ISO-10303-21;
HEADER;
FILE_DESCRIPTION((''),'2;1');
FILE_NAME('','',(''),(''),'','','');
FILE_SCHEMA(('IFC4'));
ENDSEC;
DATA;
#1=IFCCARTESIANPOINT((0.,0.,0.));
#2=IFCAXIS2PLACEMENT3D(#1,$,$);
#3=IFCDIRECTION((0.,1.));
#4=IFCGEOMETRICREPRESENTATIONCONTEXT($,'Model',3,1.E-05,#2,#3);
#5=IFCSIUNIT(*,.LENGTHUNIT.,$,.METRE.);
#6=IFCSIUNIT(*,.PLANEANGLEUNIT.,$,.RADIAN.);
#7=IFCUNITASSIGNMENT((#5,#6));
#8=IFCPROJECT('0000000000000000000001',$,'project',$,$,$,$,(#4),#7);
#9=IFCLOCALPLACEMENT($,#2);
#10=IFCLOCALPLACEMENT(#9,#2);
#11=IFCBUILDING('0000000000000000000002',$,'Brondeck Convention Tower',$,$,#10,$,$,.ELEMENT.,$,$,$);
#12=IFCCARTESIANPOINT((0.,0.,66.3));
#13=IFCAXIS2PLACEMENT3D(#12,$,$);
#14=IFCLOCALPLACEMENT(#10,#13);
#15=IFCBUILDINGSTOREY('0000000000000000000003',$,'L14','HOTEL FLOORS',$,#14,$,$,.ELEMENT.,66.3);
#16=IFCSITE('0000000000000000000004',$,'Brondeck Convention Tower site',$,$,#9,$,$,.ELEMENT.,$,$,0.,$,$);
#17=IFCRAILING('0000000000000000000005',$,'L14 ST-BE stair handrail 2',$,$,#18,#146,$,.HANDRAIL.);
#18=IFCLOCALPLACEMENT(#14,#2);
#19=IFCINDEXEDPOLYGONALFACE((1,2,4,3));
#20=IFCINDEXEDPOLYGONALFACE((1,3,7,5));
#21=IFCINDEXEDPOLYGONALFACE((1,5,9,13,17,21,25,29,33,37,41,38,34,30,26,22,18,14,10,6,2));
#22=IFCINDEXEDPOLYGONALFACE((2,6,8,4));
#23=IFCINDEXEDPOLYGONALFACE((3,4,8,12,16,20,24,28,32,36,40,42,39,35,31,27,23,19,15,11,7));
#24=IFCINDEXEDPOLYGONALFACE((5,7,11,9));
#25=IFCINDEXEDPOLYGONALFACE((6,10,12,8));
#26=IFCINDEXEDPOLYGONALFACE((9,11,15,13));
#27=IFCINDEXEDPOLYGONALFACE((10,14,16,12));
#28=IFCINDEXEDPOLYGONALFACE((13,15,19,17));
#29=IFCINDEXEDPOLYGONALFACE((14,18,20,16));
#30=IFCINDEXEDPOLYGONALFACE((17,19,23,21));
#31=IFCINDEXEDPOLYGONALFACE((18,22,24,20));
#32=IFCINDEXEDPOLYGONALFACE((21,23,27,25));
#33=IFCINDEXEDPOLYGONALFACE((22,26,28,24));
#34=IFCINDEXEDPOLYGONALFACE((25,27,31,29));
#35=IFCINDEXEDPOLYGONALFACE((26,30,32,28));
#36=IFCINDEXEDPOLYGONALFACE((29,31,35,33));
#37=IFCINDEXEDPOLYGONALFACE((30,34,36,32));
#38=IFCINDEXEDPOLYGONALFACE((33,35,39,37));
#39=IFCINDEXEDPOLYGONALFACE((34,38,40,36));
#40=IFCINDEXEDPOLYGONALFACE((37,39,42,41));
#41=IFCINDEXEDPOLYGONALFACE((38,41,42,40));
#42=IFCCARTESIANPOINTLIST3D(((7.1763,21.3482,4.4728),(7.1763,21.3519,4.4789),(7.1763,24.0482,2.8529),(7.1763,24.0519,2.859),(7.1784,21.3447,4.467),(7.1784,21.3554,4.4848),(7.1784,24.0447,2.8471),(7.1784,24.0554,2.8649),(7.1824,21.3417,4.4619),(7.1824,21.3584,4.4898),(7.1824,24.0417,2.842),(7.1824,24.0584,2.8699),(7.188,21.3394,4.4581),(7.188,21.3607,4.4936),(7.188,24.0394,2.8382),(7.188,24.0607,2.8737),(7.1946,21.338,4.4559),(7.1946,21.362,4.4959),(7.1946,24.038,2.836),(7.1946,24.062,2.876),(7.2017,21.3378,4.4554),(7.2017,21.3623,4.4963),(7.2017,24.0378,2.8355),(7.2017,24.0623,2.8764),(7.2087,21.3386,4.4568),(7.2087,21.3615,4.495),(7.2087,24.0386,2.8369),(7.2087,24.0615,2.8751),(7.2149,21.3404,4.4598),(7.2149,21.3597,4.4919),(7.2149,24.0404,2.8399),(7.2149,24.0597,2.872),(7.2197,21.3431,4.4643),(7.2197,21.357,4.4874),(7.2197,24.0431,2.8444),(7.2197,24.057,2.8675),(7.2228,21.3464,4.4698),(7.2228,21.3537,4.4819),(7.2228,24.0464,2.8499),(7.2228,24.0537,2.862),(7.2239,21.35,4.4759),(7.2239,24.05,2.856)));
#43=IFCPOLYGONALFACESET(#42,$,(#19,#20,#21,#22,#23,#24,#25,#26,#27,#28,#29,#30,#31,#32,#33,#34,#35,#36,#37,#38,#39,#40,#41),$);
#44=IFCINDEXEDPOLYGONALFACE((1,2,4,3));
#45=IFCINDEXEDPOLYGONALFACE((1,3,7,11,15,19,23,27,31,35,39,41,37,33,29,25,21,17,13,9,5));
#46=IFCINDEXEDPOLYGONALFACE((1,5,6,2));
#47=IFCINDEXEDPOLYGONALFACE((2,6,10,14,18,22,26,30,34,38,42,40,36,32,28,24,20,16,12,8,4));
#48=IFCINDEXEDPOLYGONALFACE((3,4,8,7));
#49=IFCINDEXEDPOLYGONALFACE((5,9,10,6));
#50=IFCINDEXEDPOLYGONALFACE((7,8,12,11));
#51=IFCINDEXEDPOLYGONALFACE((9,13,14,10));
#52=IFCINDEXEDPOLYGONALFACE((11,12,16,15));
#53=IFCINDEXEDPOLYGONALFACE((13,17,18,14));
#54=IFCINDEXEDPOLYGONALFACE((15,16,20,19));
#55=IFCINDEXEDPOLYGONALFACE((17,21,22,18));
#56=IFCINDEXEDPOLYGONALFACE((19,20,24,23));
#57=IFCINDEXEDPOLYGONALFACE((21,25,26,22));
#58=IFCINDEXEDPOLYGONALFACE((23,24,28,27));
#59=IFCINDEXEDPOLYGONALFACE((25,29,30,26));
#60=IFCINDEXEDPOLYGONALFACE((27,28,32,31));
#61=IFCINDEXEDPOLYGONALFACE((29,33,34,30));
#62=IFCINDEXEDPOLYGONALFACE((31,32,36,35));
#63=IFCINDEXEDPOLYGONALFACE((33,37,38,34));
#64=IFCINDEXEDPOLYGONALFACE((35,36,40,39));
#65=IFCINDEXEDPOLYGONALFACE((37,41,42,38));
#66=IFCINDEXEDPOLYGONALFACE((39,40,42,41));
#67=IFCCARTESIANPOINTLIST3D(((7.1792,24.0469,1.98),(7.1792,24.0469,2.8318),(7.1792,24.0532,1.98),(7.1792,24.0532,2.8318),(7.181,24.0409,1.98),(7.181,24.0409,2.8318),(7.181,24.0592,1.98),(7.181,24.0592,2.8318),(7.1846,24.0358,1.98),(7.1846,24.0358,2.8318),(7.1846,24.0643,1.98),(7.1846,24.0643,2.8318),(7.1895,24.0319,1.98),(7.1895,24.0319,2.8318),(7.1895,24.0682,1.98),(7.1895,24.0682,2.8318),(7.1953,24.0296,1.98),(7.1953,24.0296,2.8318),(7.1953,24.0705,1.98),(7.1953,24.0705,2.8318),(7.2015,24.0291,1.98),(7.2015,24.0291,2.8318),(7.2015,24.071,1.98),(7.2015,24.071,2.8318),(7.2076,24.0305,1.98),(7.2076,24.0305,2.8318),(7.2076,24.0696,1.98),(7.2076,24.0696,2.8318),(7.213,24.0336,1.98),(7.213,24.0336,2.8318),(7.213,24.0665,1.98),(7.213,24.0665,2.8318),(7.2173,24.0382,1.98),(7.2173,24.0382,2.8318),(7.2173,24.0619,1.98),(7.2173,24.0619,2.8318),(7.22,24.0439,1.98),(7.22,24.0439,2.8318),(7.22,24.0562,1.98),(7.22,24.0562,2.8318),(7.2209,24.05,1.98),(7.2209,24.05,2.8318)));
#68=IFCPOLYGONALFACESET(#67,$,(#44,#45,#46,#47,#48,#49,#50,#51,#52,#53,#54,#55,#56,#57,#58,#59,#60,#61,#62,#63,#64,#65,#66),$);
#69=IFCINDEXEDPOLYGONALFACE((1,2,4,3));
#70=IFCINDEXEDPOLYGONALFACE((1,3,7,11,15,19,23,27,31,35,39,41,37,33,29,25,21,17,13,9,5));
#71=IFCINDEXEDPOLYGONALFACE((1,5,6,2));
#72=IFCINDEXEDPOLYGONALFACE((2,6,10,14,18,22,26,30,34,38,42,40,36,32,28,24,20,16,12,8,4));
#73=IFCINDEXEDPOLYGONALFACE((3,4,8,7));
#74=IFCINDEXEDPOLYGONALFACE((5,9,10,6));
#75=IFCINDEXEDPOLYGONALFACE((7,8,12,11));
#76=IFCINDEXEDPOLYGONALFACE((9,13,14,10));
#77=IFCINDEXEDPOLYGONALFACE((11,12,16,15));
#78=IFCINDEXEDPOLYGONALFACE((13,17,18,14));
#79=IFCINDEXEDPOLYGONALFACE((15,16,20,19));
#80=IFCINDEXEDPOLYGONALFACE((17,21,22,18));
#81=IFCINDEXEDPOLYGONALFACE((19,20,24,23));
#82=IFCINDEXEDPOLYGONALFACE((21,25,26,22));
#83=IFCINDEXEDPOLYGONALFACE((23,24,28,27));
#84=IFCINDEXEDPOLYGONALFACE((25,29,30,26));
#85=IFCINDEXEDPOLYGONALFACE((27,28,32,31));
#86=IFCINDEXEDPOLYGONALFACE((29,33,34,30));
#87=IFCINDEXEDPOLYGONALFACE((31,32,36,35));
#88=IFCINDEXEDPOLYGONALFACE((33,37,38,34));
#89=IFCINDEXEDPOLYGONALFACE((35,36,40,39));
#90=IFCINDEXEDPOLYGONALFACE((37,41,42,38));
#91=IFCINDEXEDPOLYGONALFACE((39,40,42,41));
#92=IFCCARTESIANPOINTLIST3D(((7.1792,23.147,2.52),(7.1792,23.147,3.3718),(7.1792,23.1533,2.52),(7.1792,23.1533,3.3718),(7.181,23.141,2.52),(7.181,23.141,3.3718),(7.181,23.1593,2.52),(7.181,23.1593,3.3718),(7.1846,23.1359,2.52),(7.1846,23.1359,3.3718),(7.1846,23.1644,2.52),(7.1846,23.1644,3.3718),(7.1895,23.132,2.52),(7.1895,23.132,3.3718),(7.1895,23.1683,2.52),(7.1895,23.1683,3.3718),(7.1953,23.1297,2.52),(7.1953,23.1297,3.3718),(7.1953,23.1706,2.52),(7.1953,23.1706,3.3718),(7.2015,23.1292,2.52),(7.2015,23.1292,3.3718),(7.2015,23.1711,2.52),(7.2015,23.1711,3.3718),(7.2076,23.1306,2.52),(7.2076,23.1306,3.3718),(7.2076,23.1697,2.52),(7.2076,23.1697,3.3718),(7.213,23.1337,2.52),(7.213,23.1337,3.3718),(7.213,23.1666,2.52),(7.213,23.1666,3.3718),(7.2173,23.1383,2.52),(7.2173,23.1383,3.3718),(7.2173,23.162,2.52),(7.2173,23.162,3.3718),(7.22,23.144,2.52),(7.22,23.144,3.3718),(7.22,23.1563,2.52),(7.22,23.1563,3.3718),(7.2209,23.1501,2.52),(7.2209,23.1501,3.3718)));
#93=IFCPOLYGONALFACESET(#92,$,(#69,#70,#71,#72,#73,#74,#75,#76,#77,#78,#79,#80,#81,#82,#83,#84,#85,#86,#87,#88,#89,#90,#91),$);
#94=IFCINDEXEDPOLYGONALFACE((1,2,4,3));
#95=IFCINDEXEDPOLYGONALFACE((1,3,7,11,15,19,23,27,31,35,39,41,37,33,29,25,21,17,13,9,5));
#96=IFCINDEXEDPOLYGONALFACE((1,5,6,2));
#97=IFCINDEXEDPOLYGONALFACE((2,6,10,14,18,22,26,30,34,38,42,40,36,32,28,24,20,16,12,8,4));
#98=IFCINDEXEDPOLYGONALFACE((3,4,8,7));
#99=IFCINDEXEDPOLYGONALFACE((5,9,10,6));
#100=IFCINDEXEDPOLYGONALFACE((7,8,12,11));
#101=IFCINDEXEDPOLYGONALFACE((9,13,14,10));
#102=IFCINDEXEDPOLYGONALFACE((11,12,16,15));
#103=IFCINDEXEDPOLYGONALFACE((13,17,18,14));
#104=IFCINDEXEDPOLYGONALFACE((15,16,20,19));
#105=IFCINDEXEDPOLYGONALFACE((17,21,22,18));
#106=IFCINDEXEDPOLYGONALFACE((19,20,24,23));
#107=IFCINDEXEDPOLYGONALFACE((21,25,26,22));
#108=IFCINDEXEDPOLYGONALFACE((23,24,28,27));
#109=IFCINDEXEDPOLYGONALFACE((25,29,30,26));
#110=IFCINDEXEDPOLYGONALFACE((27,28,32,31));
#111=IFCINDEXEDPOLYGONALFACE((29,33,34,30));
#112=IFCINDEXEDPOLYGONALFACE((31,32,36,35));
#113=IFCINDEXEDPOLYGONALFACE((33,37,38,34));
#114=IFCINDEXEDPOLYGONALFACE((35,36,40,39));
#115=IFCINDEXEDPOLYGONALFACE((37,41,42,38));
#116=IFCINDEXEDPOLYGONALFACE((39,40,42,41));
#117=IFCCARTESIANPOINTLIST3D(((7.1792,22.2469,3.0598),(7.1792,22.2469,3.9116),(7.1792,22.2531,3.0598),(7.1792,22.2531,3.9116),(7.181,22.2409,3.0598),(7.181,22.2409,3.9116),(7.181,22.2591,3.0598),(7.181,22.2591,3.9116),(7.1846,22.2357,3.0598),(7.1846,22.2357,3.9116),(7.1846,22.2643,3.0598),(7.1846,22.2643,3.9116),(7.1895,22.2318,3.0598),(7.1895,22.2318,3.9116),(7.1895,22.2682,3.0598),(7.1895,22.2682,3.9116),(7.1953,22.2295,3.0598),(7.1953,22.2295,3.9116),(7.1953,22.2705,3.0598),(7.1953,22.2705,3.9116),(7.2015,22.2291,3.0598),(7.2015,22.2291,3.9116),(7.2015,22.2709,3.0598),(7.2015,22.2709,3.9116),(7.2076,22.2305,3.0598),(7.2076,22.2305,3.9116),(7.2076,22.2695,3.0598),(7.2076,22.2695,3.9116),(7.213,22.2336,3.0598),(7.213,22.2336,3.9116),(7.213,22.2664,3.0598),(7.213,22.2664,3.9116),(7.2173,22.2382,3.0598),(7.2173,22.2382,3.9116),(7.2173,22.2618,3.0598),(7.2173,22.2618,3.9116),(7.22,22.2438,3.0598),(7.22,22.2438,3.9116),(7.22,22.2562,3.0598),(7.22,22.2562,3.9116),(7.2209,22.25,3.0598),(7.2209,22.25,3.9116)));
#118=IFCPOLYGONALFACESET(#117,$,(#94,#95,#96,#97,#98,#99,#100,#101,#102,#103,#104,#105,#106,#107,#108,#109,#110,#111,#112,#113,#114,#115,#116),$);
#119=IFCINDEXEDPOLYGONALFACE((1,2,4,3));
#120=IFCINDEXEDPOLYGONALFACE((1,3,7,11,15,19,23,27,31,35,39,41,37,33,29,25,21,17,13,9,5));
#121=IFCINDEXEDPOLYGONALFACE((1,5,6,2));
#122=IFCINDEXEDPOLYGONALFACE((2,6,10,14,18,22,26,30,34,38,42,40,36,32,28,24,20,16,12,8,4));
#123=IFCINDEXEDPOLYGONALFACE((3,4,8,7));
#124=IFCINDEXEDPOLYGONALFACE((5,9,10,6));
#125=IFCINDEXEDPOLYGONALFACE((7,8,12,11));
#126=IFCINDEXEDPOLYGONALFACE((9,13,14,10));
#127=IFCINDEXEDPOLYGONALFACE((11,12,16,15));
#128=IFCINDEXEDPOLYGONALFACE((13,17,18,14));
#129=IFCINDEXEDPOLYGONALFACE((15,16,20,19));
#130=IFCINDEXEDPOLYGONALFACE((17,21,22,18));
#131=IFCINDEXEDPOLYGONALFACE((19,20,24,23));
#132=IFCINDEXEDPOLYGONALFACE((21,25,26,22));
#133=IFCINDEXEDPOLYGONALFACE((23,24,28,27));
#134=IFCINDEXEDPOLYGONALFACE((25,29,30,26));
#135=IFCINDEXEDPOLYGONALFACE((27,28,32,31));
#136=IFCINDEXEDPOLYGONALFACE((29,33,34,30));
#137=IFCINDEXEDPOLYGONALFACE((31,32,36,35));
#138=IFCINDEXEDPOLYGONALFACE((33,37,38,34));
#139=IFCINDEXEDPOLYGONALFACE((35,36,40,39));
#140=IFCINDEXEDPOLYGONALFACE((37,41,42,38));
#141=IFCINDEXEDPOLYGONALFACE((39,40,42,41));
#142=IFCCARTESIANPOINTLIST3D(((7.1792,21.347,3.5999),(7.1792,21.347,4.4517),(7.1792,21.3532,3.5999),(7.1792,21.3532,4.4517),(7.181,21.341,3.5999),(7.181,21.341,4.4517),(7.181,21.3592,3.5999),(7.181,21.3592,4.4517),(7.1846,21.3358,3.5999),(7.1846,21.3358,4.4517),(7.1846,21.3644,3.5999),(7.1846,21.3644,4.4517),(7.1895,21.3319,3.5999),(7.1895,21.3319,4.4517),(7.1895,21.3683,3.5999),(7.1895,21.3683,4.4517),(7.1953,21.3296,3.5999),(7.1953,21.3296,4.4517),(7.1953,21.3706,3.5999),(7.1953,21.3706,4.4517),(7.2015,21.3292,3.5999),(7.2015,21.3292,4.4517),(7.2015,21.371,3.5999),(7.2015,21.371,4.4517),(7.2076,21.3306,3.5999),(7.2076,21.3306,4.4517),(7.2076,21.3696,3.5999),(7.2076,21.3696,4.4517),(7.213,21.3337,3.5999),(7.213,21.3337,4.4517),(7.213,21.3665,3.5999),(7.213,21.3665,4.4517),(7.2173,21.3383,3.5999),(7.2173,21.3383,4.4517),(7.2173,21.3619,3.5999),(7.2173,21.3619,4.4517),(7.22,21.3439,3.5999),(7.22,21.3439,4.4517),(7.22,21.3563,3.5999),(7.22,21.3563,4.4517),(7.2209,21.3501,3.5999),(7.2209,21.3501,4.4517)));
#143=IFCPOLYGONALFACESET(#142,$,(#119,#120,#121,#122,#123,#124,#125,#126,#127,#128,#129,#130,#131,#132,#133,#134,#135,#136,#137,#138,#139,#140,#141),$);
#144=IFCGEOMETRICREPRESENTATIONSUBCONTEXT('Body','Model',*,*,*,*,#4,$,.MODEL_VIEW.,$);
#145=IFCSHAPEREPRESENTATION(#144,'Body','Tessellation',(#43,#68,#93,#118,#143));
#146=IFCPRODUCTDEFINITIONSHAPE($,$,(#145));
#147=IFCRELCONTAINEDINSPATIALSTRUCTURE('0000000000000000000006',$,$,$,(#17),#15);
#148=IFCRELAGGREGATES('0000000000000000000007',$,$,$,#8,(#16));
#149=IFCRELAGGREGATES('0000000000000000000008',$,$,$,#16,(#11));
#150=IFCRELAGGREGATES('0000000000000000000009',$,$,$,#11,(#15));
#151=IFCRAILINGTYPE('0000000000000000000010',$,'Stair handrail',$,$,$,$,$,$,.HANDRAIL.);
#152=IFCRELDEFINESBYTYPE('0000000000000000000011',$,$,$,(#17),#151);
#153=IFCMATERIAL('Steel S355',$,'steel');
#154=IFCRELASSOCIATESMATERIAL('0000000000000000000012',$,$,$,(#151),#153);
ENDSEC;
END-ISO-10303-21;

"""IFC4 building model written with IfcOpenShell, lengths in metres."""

from ifc_helpers import new_model, si_unit, direction, frame, origin, origin_2d, place, context, subcontext, project, spatial, circle, extrude, material, type_object, element, save


model = new_model("IFC4")

# Units and contexts
model_context = context("Model", 3, precision=1e-05, world=origin(), true_north=direction((0.0, 1.0)))
body_context = subcontext(model_context, "Body", "Model", "MODEL_VIEW")
ifc_project = project(units=[si_unit("LENGTHUNIT", "METRE"), si_unit("PLANEANGLEUNIT", "RADIAN")], contexts=[model_context])

# Site, building, storey
site_placement = place(None, origin())
site = spatial("IfcSite", under=ifc_project, at=site_placement, Name="Brondeck Convention Tower site", CompositionType="ELEMENT", RefElevation=0.0)
building_placement = place(site_placement, origin())
building = spatial("IfcBuilding", under=site, at=building_placement, Name="Brondeck Convention Tower", CompositionType="ELEMENT")
storey_placement = place(building_placement, frame((0.0, 0.0, 66.3)))
storey = spatial("IfcBuildingStorey", under=building, at=storey_placement, Name="L14", Description="HOTEL FLOORS", CompositionType="ELEMENT", Elevation=66.3)

# Shared definitions
ifc_material_1 = material(Name="Steel S355", Category="steel")

# Railing
railing_type_1 = type_object("IfcRailingType", Name="Stair handrail", PredefinedType="HANDRAIL", material=ifc_material_1)
railing_1_placement = place(storey_placement, frame((7.2, 24.05, 1.98)))
element("IfcRailing", 1, at=railing_1_placement, inside=storey, type_object=railing_type_1, Name="L14 ST-BE stair handrail 2", PredefinedType="HANDRAIL", context=body_context, shape_type="SweptSolid", body=[
    extrude(circle(Radius=0.0239, at=origin_2d()), frame((0.0, 0.0, 0.876), z_axis=(0.0, -0.857507, 0.514473), x_axis=(1.0, 0.0, 0.0)), (0.0, 0.0, 1.0), 3.1487),
    extrude(circle(Radius=0.021, at=origin_2d()), origin(), (0.0, 0.0, 1.0), 0.8518),
    extrude(circle(Radius=0.021, at=origin_2d()), frame((0.0, -0.8999, 0.54)), (0.0, 0.0, 1.0), 0.8518),
    extrude(circle(Radius=0.021, at=origin_2d()), frame((0.0, -1.8, 1.0798)), (0.0, 0.0, 1.0), 0.8518),
    extrude(circle(Radius=0.021, at=origin_2d()), frame((0.0, -2.7, 1.6199)), (0.0, 0.0, 1.0), 0.8518),
])

save(model, "model.ifc")
